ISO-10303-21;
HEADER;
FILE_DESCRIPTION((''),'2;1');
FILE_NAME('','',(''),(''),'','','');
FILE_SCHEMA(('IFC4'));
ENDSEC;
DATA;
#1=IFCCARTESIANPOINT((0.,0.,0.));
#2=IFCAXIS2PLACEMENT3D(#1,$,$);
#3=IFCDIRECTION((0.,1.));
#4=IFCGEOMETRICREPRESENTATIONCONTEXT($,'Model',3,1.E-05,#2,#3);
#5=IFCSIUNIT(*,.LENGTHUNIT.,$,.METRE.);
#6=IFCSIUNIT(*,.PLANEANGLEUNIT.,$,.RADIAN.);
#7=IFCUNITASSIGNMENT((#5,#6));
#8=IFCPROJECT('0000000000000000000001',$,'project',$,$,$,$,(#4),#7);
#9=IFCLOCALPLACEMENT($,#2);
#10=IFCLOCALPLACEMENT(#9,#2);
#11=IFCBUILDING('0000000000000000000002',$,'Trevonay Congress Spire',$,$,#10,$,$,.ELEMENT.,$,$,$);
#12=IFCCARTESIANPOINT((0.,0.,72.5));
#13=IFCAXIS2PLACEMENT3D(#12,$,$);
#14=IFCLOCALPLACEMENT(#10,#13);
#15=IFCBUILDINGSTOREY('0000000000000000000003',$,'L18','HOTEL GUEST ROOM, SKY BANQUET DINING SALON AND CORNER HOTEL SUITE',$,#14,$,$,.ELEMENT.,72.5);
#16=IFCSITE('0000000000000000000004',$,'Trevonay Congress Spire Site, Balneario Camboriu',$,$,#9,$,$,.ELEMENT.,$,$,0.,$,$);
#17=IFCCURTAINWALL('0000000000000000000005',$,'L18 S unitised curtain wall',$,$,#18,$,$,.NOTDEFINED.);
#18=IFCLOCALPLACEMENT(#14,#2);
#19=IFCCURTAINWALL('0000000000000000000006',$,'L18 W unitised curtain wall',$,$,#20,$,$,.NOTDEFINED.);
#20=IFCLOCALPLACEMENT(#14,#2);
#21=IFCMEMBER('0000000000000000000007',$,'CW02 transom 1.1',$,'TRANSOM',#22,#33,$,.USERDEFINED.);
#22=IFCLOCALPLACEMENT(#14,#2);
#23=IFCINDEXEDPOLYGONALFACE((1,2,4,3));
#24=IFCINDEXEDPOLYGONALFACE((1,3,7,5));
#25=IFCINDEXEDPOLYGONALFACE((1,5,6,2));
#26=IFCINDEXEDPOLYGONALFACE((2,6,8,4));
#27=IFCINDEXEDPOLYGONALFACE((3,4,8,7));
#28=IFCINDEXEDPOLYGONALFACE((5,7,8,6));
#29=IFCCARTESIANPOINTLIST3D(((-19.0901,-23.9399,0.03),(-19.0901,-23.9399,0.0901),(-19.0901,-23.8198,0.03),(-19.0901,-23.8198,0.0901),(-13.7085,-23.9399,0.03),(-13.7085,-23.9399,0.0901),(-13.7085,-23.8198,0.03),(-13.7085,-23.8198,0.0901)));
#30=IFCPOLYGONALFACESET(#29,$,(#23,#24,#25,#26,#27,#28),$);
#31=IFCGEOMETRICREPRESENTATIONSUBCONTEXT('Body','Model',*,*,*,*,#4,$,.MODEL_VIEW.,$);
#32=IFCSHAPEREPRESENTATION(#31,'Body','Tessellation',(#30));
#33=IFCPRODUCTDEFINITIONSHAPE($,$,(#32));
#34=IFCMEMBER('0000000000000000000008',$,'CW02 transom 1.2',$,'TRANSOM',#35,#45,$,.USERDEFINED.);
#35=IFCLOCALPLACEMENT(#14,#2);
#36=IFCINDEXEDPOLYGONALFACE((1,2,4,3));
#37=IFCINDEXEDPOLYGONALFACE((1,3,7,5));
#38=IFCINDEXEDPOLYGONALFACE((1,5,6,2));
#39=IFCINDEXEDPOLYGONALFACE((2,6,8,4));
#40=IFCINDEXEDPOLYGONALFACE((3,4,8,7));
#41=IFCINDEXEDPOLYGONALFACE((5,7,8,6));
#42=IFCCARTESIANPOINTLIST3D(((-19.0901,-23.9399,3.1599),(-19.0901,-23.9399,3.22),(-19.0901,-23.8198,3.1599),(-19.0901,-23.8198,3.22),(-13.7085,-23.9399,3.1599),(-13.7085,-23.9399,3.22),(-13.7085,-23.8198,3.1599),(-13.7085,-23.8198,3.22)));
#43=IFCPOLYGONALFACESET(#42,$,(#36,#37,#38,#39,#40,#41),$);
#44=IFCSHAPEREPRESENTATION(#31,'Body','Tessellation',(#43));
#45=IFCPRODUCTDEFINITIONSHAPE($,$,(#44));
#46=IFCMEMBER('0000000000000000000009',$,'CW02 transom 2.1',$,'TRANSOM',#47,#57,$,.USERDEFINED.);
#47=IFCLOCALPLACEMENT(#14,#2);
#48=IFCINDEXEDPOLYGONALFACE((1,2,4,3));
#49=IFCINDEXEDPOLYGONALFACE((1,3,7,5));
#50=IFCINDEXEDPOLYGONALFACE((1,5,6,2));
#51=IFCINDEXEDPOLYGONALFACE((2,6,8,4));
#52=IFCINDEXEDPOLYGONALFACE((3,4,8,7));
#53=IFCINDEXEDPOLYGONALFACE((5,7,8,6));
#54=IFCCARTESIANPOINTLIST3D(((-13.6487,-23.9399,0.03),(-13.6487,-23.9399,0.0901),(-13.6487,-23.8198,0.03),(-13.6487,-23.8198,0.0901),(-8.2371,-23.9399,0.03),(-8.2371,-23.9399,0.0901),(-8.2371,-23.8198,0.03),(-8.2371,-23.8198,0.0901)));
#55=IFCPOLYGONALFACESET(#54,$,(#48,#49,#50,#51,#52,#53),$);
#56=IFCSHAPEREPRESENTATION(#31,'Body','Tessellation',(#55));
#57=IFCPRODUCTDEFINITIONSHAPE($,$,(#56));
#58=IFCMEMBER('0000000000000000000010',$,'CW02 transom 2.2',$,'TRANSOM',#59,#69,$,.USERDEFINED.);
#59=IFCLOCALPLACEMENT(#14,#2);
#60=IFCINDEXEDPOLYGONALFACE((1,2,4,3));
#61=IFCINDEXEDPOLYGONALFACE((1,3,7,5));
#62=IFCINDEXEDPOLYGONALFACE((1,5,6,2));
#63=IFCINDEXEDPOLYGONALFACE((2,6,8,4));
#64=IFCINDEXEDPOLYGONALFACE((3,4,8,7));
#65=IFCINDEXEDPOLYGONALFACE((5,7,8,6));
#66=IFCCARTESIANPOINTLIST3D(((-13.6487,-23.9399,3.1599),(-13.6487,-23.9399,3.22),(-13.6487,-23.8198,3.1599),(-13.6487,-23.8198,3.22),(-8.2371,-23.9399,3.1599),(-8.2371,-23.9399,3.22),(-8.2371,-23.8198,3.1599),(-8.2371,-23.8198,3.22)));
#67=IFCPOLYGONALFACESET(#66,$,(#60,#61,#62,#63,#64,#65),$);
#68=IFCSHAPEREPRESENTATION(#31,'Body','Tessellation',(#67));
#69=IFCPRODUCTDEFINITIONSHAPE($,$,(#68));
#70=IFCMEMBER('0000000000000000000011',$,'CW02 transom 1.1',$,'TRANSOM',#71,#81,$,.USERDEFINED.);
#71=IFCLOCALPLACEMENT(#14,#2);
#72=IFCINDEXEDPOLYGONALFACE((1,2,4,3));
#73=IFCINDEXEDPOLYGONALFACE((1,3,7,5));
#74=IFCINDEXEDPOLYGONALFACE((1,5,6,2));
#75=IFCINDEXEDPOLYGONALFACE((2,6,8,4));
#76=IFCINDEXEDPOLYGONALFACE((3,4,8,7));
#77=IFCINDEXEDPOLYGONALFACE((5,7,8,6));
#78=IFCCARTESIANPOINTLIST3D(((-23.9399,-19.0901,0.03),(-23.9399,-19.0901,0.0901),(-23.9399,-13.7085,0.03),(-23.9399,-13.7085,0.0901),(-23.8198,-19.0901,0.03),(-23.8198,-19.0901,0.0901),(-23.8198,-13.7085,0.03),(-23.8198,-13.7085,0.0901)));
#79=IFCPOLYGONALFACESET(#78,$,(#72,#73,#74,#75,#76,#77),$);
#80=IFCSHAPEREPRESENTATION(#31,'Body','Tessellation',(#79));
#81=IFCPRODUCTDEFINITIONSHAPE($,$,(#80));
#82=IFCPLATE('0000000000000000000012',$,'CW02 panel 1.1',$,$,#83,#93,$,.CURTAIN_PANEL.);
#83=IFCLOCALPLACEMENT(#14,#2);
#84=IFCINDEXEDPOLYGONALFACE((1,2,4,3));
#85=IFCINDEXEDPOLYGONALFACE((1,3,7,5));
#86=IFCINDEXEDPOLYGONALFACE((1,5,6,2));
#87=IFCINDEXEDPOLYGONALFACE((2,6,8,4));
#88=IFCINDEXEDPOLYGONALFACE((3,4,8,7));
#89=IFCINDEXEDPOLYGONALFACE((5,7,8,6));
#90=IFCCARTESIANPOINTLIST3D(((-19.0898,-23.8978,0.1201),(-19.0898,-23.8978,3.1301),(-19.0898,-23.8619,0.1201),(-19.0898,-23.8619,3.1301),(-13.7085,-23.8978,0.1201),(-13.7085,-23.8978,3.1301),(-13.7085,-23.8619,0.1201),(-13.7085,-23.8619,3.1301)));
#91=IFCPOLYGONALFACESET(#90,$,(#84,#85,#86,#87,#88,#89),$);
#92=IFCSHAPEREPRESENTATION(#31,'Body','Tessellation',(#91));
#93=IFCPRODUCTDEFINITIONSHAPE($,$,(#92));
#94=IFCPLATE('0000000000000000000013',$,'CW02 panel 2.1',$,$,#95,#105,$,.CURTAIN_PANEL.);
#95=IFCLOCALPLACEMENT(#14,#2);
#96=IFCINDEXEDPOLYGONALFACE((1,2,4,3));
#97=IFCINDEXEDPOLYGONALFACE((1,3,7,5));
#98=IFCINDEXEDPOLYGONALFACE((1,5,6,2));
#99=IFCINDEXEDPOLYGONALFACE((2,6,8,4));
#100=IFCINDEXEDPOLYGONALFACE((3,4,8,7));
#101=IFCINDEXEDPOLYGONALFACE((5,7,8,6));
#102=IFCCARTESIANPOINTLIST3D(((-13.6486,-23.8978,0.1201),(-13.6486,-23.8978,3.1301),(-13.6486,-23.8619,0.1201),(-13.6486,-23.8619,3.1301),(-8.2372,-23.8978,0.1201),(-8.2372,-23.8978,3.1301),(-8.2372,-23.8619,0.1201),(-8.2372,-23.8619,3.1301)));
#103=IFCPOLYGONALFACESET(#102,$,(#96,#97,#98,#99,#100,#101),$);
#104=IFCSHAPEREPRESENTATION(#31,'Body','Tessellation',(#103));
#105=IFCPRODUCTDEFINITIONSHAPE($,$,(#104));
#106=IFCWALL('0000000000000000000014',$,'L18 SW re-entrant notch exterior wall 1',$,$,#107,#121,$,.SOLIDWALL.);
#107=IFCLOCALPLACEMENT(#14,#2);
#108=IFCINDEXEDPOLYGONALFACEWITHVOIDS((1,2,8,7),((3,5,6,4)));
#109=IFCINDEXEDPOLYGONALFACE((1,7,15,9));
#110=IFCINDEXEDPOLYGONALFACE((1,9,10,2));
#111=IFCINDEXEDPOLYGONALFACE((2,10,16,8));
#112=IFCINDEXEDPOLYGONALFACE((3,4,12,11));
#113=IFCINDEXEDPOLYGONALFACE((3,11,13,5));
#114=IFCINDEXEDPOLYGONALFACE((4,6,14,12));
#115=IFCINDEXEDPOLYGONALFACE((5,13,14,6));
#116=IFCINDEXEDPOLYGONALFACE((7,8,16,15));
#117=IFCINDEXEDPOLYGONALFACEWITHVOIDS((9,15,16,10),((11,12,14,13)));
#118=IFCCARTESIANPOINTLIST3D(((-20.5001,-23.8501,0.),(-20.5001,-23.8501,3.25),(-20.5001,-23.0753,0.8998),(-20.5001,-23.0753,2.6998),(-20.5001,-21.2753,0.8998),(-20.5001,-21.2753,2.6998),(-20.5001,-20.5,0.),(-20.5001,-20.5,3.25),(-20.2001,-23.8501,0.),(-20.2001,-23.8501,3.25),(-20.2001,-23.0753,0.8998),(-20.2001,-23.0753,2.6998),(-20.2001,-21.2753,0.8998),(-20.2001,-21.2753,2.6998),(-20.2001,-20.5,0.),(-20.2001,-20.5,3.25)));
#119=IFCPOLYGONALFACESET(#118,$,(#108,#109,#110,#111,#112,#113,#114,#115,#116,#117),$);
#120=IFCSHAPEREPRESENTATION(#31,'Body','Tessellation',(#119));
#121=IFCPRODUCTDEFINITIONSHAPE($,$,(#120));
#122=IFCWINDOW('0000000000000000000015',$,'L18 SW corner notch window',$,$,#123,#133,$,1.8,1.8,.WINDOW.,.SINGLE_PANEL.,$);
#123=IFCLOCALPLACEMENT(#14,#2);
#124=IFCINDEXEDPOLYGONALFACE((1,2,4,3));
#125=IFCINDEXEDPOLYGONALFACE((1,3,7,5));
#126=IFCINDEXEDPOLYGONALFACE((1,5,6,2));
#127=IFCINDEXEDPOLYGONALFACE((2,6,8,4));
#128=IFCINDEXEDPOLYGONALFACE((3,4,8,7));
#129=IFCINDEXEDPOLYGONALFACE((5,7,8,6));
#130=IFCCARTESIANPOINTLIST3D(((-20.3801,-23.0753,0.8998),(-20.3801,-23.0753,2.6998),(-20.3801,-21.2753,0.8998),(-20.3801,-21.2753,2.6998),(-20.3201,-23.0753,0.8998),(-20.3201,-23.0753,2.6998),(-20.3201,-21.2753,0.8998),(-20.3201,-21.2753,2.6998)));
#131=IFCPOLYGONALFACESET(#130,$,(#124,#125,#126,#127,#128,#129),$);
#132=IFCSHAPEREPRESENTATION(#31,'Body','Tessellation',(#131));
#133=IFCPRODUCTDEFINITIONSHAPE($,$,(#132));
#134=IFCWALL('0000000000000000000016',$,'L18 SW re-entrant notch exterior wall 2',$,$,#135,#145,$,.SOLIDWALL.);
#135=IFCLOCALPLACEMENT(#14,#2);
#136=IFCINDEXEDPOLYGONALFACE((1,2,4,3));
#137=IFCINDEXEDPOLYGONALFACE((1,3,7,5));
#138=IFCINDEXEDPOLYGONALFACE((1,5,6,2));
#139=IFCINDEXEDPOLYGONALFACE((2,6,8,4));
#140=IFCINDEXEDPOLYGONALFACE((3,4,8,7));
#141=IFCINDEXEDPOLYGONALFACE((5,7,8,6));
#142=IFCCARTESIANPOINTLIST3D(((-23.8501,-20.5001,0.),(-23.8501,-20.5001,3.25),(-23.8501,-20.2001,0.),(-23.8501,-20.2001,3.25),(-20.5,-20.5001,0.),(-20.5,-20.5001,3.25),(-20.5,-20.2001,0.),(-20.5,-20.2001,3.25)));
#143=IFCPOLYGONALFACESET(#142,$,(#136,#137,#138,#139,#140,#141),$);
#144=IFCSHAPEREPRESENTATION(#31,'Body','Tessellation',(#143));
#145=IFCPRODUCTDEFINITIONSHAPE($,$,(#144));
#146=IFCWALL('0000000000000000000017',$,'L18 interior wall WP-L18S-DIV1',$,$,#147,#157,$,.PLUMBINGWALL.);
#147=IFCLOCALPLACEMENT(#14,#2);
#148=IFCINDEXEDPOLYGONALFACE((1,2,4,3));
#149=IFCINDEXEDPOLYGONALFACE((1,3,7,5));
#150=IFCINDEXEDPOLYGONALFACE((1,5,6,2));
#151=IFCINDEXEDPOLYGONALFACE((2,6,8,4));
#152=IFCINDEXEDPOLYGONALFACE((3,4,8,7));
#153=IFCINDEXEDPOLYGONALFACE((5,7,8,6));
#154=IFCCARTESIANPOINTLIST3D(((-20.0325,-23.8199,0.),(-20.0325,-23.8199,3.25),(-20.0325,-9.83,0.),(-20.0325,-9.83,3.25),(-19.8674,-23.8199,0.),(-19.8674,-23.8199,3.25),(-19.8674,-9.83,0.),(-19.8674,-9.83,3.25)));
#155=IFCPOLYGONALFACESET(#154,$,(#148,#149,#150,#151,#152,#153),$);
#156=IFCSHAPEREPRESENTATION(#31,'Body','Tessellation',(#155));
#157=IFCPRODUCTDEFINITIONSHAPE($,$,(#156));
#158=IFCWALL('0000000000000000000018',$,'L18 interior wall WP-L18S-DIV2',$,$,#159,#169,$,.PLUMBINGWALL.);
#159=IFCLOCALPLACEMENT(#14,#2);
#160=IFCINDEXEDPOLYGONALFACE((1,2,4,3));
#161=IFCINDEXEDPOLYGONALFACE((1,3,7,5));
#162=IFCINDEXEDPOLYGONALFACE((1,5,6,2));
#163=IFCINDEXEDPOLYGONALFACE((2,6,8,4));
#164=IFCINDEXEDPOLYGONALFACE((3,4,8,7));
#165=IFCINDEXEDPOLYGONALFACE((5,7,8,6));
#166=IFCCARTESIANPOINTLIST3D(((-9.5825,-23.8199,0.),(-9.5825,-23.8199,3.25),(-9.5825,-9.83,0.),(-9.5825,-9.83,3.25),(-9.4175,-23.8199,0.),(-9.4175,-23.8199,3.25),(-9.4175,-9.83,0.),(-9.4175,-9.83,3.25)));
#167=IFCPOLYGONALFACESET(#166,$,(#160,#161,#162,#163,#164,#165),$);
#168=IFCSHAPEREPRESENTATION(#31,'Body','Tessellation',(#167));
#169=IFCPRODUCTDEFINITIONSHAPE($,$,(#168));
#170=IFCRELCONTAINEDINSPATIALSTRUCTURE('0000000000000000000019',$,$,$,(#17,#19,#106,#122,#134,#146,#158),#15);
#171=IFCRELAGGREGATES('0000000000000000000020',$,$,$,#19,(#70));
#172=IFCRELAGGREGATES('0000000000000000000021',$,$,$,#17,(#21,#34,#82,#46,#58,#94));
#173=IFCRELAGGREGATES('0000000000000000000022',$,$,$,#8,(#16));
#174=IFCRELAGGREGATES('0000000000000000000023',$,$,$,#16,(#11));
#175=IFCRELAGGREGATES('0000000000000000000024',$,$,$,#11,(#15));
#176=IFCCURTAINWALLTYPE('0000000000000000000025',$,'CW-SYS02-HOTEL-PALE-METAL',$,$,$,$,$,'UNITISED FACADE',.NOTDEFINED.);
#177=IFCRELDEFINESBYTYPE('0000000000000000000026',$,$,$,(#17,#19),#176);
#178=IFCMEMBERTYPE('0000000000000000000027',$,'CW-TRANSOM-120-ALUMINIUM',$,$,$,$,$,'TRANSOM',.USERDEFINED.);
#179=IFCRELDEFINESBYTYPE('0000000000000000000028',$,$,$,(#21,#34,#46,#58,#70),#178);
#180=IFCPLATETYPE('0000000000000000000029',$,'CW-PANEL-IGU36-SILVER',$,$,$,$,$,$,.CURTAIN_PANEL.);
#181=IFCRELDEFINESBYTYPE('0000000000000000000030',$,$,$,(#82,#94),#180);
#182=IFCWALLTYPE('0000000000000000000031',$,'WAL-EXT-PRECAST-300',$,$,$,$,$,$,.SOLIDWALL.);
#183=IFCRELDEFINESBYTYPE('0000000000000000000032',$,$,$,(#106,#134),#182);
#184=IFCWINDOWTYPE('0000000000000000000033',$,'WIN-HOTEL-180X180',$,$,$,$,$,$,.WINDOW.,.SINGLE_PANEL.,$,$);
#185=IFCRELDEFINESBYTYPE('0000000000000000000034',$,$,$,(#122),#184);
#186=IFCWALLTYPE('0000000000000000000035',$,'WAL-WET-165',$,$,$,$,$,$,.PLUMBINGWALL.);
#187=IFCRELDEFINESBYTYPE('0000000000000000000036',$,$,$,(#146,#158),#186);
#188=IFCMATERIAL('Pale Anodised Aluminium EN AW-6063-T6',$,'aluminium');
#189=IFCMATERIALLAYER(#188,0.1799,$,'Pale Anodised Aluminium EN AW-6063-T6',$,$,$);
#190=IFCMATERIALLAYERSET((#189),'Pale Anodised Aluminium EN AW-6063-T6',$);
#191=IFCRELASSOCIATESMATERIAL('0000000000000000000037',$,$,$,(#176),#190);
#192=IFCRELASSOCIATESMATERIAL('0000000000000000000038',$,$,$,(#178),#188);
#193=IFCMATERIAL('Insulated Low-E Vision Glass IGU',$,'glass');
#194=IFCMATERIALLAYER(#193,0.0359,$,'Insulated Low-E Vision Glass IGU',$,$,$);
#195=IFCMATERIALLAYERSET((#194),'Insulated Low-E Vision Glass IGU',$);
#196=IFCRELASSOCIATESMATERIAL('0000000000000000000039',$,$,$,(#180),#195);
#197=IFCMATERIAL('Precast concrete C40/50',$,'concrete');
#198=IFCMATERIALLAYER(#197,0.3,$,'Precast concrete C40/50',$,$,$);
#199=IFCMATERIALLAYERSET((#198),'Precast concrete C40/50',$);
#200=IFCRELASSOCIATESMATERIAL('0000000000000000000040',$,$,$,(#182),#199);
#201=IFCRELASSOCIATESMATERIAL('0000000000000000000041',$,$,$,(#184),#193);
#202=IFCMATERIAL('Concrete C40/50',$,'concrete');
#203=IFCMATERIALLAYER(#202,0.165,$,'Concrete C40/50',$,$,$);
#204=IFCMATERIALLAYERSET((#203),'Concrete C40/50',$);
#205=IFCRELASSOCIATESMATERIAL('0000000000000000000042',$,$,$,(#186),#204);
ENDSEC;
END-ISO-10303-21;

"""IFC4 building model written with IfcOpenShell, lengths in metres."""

from ifc_helpers import new_model, si_unit, direction, frame, frame_2d, origin, origin_2d, place, context, subcontext, project, spatial, rectangle, extrude, material, layer, layer_set, material_profile, profile_set, type_object, element, fill, aggregate, save


model = new_model("IFC4")

# Units and contexts
model_context = context("Model", 3, precision=1e-05, world=origin(), true_north=direction((0.0, 1.0)))
body_context = subcontext(model_context, "Body", "Model", "MODEL_VIEW")
ifc_project = project(units=[si_unit("LENGTHUNIT", "METRE"), si_unit("PLANEANGLEUNIT", "RADIAN")], contexts=[model_context])

# Site, building, storey
site_placement = place(None, origin())
site = spatial("IfcSite", under=ifc_project, at=site_placement, Name="Trevonay Congress Spire Site, Balneario Camboriu", CompositionType="ELEMENT", RefElevation=0.0)
building_placement = place(site_placement, origin())
building = spatial("IfcBuilding", under=site, at=building_placement, Name="Trevonay Congress Spire", CompositionType="ELEMENT")
storey_placement = place(building_placement, frame((0.0, 0.0, 72.5)))
storey = spatial("IfcBuildingStorey", under=building, at=storey_placement, Name="L18", Description="HOTEL GUEST ROOM, SKY BANQUET DINING SALON AND CORNER HOTEL SUITE", CompositionType="ELEMENT", Elevation=72.5)

# Curtain wall
ifc_material_1 = material(Name="Pale Anodised Aluminium EN AW-6063-T6", Category="aluminium")
ifc_layer_1 = layer(ifc_material_1, 0.1799, Name="Pale Anodised Aluminium EN AW-6063-T6")
ifc_layer_set_1 = layer_set([ifc_layer_1], Name="Pale Anodised Aluminium EN AW-6063-T6")
curtain_wall_type = type_object("IfcCurtainWallType", Name="CW-SYS02-HOTEL-PALE-METAL", ElementType="UNITISED FACADE", PredefinedType="NOTDEFINED", material=ifc_layer_set_1)
curtain_wall_1_placement = place(storey_placement, origin())
curtain_wall_1 = element("IfcCurtainWall", 1, at=curtain_wall_1_placement, inside=storey, type_object=curtain_wall_type, Name="L18 S unitised curtain wall", PredefinedType="NOTDEFINED")

# Curtain wall
curtain_wall_2_placement = place(storey_placement, origin())
curtain_wall_2 = element("IfcCurtainWall", 2, at=curtain_wall_2_placement, inside=storey, type_object=curtain_wall_type, Name="L18 W unitised curtain wall", PredefinedType="NOTDEFINED")

# Members
ifc_material_profile_1 = material_profile(ifc_material_1, rectangle(XDim=0.1201, YDim=0.0601, at=origin_2d()), Name="CW-TRANSOM-120-ALUMINIUM")
ifc_profile_set_1 = profile_set([ifc_material_profile_1], Name="Pale Anodised Aluminium EN AW-6063-T6")
member_type_1 = type_object("IfcMemberType", Name="CW-TRANSOM-120-ALUMINIUM", ElementType="TRANSOM", PredefinedType="USERDEFINED", material=ifc_profile_set_1)
member_1_placement = place(storey_placement, frame((-19.0901, -23.8799, 0.0601), z_axis=(1.0, 0.0, 0.0), x_axis=(0.0, 1.0, 0.0)))
member_1 = element("IfcMember", 3, at=member_1_placement, type_object=member_type_1, Name="CW02 transom 1.1", ObjectType="TRANSOM", PredefinedType="USERDEFINED", context=body_context, shape_type="SweptSolid", body=[
    extrude(rectangle(XDim=0.1201, YDim=0.0601, at=origin_2d()), origin(), (0.0, 0.0, 1.0), 5.3816),
])
member_2_placement = place(storey_placement, frame((-19.0901, -23.8799, 3.1899), z_axis=(1.0, 0.0, 0.0), x_axis=(0.0, 1.0, 0.0)))
member_2 = element("IfcMember", 4, at=member_2_placement, type_object=member_type_1, Name="CW02 transom 1.2", ObjectType="TRANSOM", PredefinedType="USERDEFINED", context=body_context, shape_type="SweptSolid", body=[
    extrude(rectangle(XDim=0.1201, YDim=0.0601, at=origin_2d()), origin(), (0.0, 0.0, 1.0), 5.3816),
])
member_3_placement = place(storey_placement, frame((-13.6487, -23.8799, 0.0601), z_axis=(1.0, 0.0, 0.0), x_axis=(0.0, 1.0, 0.0)))
member_3 = element("IfcMember", 5, at=member_3_placement, type_object=member_type_1, Name="CW02 transom 2.1", ObjectType="TRANSOM", PredefinedType="USERDEFINED", context=body_context, shape_type="SweptSolid", body=[
    extrude(rectangle(XDim=0.1201, YDim=0.0601, at=origin_2d()), origin(), (0.0, 0.0, 1.0), 5.4116),
])
member_4_placement = place(storey_placement, frame((-13.6487, -23.8799, 3.1899), z_axis=(1.0, 0.0, 0.0), x_axis=(0.0, 1.0, 0.0)))
member_4 = element("IfcMember", 6, at=member_4_placement, type_object=member_type_1, Name="CW02 transom 2.2", ObjectType="TRANSOM", PredefinedType="USERDEFINED", context=body_context, shape_type="SweptSolid", body=[
    extrude(rectangle(XDim=0.1201, YDim=0.0601, at=origin_2d()), origin(), (0.0, 0.0, 1.0), 5.4116),
])
member_5_placement = place(storey_placement, frame((-23.8799, -19.0901, 0.0601), z_axis=(0.0, 1.0, 0.0), x_axis=(-1.0, 0.0, 0.0)))
member_5 = element("IfcMember", 7, at=member_5_placement, type_object=member_type_1, Name="CW02 transom 1.1", ObjectType="TRANSOM", PredefinedType="USERDEFINED", context=body_context, shape_type="SweptSolid", body=[
    extrude(rectangle(XDim=0.1201, YDim=0.0601, at=origin_2d()), origin(), (0.0, 0.0, 1.0), 5.3816),
])
aggregate(curtain_wall_2, [member_5])

# Plates
ifc_material_2 = material(Name="Insulated Low-E Vision Glass IGU", Category="glass")
ifc_layer_2 = layer(ifc_material_2, 0.0359, Name="Insulated Low-E Vision Glass IGU")
ifc_layer_set_2 = layer_set([ifc_layer_2], Name="Insulated Low-E Vision Glass IGU")
plate_type = type_object("IfcPlateType", Name="CW-PANEL-IGU36-SILVER", PredefinedType="CURTAIN_PANEL", material=ifc_layer_set_2)
plate_1_placement = place(storey_placement, frame((-16.3992, -23.8799, 0.1201), z_axis=(0.0, 0.0, 1.0), x_axis=(1.0, 0.0, 0.0)))
plate_1 = element("IfcPlate", 8, at=plate_1_placement, type_object=plate_type, Name="CW02 panel 1.1", PredefinedType="CURTAIN_PANEL", context=body_context, shape_type="SweptSolid", body=[
    extrude(rectangle(XDim=5.3813, YDim=0.0359, at=origin_2d()), origin(), (0.0, 0.0, 1.0), 3.01),
])
plate_2_placement = place(storey_placement, frame((-10.9429, -23.8799, 0.1201), z_axis=(0.0, 0.0, 1.0), x_axis=(1.0, 0.0, 0.0)))
plate_2 = element("IfcPlate", 9, at=plate_2_placement, type_object=plate_type, Name="CW02 panel 2.1", PredefinedType="CURTAIN_PANEL", context=body_context, shape_type="SweptSolid", body=[
    extrude(rectangle(XDim=5.4114, YDim=0.0359, at=origin_2d()), origin(), (0.0, 0.0, 1.0), 3.01),
])
aggregate(curtain_wall_1, [member_1, member_2, plate_1, member_3, member_4, plate_2])

# Wall, opening, window
ifc_material_3 = material(Name="Precast concrete C40/50", Category="concrete")
ifc_layer_3 = layer(ifc_material_3, 0.3, Name="Precast concrete C40/50")
ifc_layer_set_3 = layer_set([ifc_layer_3], Name="Precast concrete C40/50")
wall_type_1 = type_object("IfcWallType", Name="WAL-EXT-PRECAST-300", PredefinedType="SOLIDWALL", material=ifc_layer_set_3)
wall_1_placement = place(storey_placement, frame((-20.3501, -23.8501, 0.0), z_axis=(0.0, 0.0, 1.0), x_axis=(0.0, 1.0, 0.0)))
wall_1 = element("IfcWall", 10, at=wall_1_placement, inside=storey, type_object=wall_type_1, Name="L18 SW re-entrant notch exterior wall 1", PredefinedType="SOLIDWALL", context=body_context, shape_type="SweptSolid", body=[
    extrude(rectangle(XDim=3.3501, YDim=0.3, at=frame_2d((1.675, 0.0))), origin(), (0.0, 0.0, 1.0), 3.25),
])
opening_placement = place(wall_1_placement, frame((0.7749, 0.0, 0.8999)))
opening = element("IfcOpeningElement", 11, at=opening_placement, cuts=wall_1, PredefinedType="OPENING", context=body_context, shape_type="SweptSolid", body=[
    extrude(rectangle(XDim=1.8, YDim=1.8, at=frame_2d((0.8999, 0.8999))), frame((0.0, 0.1602, 0.0), z_axis=(0.0, -1.0, 0.0), x_axis=(1.0, 0.0, 0.0)), (0.0, 0.0, 1.0), 0.3201),
])
window_type = type_object("IfcWindowType", Name="WIN-HOTEL-180X180", PartitioningType="SINGLE_PANEL", PredefinedType="WINDOW", material=ifc_material_2)
window_placement = place(opening_placement, origin())
window = element("IfcWindow", 12, at=window_placement, inside=storey, type_object=window_type, Name="L18 SW corner notch window", OverallHeight=1.8, OverallWidth=1.8, PartitioningType="SINGLE_PANEL", PredefinedType="WINDOW", context=body_context, shape_type="SweptSolid", body=[
    extrude(rectangle(XDim=1.8, YDim=1.8, at=frame_2d((0.8999, 0.8999))), frame((0.0, 0.03, 0.0), z_axis=(0.0, -1.0, 0.0), x_axis=(1.0, 0.0, 0.0)), (0.0, 0.0, 1.0), 0.0601),
])
fill(opening, window)

# Walls
wall_2_placement = place(storey_placement, frame((-23.8501, -20.3501, 0.0), z_axis=(0.0, 0.0, 1.0), x_axis=(1.0, 0.0, 0.0)))
element("IfcWall", 13, at=wall_2_placement, inside=storey, type_object=wall_type_1, Name="L18 SW re-entrant notch exterior wall 2", PredefinedType="SOLIDWALL", context=body_context, shape_type="SweptSolid", body=[
    extrude(rectangle(XDim=3.3501, YDim=0.3, at=frame_2d((1.675, 0.0))), origin(), (0.0, 0.0, 1.0), 3.25),
])
ifc_material_4 = material(Name="Concrete C40/50", Category="concrete")
ifc_layer_4 = layer(ifc_material_4, 0.165, Name="Concrete C40/50")
ifc_layer_set_4 = layer_set([ifc_layer_4], Name="Concrete C40/50")
wall_type_2 = type_object("IfcWallType", Name="WAL-WET-165", PredefinedType="PLUMBINGWALL", material=ifc_layer_set_4)
for number, where, z_axis, x_axis, name in (
    (14, (-19.95, -23.8201, 0.0), (0.0, 0.0, 1.0), (0.0, 1.0, 0.0), "L18 interior wall WP-L18S-DIV1"),
    (15, (-9.5, -23.8201, 0.0), (0.0, 0.0, 1.0), (0.0, 1.0, 0.0), "L18 interior wall WP-L18S-DIV2"),
):
    element("IfcWall", number, at=place(storey_placement, frame(where, z_axis=z_axis, x_axis=x_axis)), inside=storey, type_object=wall_type_2, Name=name, PredefinedType="PLUMBINGWALL", context=body_context, shape_type="SweptSolid", body=[
        extrude(rectangle(XDim=13.99, YDim=0.165, at=frame_2d((6.9951, 0.0))), origin(), (0.0, 0.0, 1.0), 3.25),
    ])

save(model, "model.ifc")
